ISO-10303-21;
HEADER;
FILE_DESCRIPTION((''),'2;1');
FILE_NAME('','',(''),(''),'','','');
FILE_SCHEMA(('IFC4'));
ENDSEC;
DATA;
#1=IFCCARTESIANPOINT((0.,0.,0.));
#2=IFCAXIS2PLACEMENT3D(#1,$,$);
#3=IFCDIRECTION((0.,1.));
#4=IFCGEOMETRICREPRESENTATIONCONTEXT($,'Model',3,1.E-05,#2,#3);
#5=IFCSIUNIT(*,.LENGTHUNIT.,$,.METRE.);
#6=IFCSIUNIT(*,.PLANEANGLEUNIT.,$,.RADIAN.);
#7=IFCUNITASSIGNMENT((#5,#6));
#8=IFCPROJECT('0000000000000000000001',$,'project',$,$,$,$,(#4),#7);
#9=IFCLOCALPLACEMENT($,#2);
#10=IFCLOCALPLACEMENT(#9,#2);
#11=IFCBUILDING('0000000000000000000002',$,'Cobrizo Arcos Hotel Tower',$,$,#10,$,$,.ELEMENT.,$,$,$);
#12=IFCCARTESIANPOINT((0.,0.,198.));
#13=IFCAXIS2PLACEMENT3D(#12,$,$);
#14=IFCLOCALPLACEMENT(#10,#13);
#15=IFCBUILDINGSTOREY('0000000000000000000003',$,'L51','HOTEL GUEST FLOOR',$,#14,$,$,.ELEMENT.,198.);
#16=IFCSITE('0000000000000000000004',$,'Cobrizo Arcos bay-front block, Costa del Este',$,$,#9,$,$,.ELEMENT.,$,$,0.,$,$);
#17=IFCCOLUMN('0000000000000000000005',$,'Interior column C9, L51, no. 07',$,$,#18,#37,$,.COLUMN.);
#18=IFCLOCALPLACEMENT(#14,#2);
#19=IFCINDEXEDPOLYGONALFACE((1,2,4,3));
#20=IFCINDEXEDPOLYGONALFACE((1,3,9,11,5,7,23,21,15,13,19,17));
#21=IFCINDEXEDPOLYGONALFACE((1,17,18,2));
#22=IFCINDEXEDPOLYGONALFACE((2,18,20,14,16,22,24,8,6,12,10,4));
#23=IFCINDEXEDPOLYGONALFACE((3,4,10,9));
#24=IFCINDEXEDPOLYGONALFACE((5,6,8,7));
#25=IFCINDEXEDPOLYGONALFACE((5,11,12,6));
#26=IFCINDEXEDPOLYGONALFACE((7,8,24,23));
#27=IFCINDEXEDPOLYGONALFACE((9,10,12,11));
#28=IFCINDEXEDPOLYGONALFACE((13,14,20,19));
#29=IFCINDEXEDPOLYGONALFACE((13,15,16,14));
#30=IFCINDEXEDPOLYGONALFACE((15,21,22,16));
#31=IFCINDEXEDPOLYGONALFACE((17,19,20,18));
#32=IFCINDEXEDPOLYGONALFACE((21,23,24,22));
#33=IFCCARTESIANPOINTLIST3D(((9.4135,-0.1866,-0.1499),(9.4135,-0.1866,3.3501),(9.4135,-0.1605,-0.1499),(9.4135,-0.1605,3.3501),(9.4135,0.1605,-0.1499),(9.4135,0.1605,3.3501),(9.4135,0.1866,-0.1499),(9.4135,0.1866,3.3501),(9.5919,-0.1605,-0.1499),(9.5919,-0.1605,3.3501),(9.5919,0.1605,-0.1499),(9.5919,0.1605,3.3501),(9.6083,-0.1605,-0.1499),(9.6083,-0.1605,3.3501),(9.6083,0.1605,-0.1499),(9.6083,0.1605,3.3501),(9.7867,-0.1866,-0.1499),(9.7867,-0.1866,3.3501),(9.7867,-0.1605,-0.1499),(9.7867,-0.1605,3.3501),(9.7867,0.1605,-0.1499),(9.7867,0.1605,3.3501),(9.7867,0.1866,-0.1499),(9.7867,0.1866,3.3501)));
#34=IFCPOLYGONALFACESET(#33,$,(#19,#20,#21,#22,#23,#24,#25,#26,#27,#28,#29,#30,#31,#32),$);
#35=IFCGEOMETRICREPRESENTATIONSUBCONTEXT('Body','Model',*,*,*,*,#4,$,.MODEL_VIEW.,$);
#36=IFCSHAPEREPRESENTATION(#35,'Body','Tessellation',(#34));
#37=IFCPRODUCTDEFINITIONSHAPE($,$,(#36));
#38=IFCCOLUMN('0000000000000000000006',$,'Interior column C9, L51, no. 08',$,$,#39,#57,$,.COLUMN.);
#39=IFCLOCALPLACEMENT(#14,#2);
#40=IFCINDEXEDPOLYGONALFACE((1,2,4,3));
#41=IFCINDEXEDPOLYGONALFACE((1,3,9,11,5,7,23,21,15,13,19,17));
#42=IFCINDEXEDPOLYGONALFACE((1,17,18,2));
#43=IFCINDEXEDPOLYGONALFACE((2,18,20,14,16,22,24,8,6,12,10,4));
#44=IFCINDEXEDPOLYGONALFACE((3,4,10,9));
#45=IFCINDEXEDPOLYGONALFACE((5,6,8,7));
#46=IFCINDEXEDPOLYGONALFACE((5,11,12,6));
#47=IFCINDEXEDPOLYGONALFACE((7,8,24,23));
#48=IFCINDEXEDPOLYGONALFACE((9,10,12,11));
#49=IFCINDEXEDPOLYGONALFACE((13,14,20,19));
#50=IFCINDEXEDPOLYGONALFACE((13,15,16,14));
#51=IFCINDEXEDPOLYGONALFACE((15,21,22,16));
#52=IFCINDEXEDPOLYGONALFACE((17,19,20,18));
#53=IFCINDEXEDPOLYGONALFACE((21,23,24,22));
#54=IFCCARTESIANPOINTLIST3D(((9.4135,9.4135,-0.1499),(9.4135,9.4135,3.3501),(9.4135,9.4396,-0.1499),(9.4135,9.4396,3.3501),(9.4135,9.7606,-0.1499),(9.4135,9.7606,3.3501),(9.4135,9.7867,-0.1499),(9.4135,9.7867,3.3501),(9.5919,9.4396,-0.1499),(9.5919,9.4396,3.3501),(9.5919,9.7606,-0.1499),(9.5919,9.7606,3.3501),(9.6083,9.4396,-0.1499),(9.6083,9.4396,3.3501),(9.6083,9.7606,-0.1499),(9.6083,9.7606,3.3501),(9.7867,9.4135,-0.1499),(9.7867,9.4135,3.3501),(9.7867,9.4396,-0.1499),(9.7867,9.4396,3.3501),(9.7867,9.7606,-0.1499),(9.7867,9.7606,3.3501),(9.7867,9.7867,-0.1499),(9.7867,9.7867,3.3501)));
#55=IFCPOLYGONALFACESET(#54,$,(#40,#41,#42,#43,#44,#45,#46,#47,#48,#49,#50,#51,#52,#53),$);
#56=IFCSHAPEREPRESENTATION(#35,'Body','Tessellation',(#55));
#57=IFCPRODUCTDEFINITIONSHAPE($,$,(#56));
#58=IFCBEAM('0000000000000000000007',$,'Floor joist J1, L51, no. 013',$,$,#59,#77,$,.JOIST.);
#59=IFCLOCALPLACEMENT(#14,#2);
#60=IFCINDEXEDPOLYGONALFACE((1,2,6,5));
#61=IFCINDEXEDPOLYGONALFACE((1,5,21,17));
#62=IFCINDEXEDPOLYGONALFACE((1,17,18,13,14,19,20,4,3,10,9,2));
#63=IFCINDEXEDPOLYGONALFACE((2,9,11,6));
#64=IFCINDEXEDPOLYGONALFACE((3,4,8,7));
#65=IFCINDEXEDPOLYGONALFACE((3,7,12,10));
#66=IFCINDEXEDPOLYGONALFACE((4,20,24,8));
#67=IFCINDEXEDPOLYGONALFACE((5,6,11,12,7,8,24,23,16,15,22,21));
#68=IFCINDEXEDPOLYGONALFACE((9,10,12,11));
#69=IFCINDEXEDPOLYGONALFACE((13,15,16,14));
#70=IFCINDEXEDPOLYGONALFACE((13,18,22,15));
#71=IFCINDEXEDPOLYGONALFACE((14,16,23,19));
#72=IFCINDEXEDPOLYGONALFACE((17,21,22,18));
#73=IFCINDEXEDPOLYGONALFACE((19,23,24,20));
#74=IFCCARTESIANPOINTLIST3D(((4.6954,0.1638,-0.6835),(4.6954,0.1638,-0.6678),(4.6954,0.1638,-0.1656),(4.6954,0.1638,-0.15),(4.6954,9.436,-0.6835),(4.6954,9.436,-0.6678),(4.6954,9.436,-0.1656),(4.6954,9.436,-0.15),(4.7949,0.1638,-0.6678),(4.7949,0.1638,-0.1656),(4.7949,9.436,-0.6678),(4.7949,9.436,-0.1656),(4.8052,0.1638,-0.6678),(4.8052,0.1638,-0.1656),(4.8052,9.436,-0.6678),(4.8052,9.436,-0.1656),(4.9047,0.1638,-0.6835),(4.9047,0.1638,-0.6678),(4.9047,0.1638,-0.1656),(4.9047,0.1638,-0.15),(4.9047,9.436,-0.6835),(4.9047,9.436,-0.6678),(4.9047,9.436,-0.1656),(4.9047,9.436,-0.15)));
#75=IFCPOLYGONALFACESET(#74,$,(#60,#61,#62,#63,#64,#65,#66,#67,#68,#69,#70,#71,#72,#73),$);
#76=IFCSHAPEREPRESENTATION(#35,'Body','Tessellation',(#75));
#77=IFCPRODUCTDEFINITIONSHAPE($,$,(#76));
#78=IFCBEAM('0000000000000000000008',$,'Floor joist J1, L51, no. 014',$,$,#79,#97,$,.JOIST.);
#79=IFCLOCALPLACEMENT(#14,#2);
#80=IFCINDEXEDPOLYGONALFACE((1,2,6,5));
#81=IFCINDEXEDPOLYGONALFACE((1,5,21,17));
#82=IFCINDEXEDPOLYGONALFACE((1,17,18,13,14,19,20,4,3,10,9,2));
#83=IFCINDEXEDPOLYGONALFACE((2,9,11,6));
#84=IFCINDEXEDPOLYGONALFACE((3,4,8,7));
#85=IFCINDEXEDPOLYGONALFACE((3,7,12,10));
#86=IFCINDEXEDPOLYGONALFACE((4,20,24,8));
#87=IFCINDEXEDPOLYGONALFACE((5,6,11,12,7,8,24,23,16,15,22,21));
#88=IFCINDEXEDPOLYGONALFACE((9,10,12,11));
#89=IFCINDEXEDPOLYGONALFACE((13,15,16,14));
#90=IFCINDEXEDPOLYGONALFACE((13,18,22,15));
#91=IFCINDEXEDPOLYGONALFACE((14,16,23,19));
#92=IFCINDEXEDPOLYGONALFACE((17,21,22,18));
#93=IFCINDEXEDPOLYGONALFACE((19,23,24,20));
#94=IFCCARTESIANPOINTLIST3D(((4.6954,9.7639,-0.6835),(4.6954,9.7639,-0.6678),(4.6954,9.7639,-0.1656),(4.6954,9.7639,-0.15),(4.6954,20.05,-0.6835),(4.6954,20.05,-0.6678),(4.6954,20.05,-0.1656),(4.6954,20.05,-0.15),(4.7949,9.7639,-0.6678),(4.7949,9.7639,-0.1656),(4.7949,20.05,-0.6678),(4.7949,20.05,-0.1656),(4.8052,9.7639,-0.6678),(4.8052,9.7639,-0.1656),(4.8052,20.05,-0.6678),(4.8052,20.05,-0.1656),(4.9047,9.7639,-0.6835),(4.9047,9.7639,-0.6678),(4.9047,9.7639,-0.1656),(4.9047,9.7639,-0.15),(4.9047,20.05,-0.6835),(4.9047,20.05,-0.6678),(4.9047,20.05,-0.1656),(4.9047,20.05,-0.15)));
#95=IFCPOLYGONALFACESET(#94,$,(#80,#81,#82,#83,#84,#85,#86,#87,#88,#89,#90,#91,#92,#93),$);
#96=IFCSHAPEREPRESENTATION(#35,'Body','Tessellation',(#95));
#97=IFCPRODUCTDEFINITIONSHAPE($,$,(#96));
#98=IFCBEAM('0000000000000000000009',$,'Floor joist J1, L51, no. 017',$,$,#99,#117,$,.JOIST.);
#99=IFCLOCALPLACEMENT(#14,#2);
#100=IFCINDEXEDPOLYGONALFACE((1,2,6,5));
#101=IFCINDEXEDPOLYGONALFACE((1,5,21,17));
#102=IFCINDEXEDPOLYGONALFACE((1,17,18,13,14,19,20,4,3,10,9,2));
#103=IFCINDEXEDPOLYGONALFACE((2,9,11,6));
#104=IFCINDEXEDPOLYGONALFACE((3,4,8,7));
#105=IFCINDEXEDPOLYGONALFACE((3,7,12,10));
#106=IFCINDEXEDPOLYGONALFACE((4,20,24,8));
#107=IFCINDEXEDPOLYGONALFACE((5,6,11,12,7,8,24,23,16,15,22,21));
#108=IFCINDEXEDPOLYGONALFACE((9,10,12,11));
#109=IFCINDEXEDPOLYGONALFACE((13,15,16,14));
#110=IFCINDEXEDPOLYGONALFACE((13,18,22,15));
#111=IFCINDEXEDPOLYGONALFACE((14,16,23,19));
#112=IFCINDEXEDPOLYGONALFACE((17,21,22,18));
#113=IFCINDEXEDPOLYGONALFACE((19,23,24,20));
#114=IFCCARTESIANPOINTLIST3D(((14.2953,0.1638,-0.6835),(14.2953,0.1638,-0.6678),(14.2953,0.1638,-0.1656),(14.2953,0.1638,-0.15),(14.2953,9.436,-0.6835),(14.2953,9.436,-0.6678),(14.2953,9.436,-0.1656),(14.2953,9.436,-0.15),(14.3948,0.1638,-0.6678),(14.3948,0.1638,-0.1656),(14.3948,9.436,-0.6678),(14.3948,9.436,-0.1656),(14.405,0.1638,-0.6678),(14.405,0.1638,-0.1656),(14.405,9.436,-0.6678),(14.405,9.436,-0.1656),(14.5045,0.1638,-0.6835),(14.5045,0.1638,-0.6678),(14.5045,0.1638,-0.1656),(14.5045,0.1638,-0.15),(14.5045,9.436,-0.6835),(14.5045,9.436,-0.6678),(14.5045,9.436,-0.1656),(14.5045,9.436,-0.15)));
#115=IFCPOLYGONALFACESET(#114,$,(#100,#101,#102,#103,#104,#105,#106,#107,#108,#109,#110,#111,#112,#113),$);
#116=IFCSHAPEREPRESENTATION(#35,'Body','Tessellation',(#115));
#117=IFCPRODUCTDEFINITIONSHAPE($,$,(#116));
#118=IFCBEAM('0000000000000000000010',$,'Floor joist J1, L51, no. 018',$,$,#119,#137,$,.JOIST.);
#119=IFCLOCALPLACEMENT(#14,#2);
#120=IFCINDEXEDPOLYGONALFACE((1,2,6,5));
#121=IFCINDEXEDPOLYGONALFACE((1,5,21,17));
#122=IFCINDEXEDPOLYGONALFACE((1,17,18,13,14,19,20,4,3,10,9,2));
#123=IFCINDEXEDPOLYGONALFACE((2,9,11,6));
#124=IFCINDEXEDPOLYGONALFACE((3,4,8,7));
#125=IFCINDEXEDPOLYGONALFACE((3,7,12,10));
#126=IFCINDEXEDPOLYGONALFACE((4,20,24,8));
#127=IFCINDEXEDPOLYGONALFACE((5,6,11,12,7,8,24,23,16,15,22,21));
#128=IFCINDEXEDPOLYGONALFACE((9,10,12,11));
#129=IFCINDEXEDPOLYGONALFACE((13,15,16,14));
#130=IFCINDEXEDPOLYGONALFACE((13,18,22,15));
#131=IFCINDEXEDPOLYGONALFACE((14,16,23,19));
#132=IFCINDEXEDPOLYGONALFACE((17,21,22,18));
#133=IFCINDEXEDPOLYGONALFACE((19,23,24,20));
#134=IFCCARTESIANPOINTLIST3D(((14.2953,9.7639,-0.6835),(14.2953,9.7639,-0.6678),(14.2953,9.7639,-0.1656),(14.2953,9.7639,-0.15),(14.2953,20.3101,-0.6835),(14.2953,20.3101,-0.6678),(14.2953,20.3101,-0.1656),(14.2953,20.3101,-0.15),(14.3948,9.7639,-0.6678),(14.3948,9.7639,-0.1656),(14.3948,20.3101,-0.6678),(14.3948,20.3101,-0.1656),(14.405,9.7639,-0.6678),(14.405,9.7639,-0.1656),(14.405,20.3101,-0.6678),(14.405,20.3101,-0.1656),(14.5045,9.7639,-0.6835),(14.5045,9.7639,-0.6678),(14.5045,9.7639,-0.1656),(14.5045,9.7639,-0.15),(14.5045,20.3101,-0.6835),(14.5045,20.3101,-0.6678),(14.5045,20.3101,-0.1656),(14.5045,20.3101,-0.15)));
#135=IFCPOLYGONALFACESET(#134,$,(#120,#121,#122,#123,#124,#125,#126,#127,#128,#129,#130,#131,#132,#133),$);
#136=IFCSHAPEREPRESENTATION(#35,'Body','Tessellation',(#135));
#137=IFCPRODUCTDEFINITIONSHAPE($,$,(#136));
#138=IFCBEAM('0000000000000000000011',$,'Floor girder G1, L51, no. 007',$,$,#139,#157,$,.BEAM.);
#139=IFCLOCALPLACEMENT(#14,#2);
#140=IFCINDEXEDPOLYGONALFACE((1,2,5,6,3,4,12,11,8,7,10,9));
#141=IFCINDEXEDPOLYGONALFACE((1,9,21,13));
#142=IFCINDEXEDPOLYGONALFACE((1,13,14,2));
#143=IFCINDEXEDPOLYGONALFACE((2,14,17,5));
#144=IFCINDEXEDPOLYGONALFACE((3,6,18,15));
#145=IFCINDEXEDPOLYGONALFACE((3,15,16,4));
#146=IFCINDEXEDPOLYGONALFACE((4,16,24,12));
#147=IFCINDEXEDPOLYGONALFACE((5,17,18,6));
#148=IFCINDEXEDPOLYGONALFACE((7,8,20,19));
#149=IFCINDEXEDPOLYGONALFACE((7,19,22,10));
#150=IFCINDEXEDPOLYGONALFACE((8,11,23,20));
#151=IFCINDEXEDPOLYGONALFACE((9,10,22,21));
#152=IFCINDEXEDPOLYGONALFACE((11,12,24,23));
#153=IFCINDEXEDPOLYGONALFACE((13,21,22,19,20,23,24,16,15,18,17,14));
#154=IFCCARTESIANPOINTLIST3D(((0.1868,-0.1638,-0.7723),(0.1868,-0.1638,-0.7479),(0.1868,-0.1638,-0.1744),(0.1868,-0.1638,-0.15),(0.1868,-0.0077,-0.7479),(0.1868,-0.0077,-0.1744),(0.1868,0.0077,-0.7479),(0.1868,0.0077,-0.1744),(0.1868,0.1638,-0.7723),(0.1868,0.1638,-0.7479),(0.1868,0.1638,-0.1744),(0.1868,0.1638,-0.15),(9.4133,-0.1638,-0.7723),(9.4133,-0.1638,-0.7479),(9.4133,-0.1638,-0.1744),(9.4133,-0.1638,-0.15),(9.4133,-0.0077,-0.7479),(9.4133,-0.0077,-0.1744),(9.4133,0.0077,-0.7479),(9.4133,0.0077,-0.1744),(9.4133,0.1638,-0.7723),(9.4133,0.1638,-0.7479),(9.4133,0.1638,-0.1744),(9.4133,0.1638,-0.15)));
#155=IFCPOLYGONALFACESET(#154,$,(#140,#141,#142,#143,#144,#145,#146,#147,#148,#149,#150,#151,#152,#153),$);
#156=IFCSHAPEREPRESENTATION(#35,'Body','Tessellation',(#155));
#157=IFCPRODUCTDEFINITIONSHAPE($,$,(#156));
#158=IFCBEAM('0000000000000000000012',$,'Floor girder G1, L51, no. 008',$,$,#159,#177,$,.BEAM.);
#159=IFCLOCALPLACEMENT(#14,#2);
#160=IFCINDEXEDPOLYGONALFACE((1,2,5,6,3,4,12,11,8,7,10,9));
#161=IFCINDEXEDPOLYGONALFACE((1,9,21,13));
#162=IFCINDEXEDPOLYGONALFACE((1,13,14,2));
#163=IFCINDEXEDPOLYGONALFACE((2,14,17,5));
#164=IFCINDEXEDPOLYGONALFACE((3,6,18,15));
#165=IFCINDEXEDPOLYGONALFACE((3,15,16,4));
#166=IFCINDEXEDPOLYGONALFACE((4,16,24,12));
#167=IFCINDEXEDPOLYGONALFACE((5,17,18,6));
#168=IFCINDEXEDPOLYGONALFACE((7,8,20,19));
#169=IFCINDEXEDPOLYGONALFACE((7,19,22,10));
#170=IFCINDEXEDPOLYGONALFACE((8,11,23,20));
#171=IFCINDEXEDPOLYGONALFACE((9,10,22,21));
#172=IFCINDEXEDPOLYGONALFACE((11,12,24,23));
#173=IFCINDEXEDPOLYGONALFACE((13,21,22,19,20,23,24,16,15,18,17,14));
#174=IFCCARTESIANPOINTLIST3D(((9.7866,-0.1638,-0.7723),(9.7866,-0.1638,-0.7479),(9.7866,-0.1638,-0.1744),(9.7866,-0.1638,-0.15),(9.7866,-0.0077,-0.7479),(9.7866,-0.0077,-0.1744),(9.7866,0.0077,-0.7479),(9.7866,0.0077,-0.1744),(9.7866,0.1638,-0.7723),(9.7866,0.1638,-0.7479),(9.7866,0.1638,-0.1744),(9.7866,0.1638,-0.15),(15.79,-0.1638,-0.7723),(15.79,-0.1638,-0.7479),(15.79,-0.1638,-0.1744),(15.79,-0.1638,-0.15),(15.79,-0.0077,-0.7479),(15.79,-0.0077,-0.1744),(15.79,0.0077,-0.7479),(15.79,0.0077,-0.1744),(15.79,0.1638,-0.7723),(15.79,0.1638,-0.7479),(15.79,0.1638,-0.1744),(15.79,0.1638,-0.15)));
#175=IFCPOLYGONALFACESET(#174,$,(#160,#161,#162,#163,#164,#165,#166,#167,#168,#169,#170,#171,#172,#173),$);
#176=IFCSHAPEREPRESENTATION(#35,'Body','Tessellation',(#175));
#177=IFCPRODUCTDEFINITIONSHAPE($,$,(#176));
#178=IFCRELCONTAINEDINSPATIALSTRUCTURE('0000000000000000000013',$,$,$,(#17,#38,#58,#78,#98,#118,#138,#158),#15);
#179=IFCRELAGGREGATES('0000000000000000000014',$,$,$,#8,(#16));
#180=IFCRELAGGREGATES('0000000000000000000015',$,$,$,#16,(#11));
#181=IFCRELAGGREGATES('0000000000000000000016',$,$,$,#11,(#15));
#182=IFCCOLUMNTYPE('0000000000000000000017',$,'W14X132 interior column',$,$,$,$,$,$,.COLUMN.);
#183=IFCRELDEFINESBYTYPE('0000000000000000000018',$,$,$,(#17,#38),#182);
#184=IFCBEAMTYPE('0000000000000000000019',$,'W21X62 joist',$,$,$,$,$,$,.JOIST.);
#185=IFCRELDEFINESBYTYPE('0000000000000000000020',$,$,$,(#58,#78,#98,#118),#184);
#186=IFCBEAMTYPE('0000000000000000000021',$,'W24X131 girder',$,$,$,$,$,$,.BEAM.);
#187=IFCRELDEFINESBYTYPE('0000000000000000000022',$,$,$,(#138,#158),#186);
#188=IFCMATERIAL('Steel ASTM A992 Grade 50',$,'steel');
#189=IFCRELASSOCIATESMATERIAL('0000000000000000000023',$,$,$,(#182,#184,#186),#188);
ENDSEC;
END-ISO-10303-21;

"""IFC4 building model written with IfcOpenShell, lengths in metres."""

from ifc_helpers import new_model, si_unit, direction, frame, origin, origin_2d, place, context, subcontext, project, spatial, i_section, extrude, material, material_profile, profile_set, type_object, element, save


model = new_model("IFC4")

# Units and contexts
model_context = context("Model", 3, precision=1e-05, world=origin(), true_north=direction((0.0, 1.0)))
body_context = subcontext(model_context, "Body", "Model", "MODEL_VIEW")
ifc_project = project(units=[si_unit("LENGTHUNIT", "METRE"), si_unit("PLANEANGLEUNIT", "RADIAN")], contexts=[model_context])

# Site, building, storey
site_placement = place(None, origin())
site = spatial("IfcSite", under=ifc_project, at=site_placement, Name="Cobrizo Arcos bay-front block, Costa del Este", CompositionType="ELEMENT", RefElevation=0.0)
building_placement = place(site_placement, origin())
building = spatial("IfcBuilding", under=site, at=building_placement, Name="Cobrizo Arcos Hotel Tower", CompositionType="ELEMENT")
storey_placement = place(building_placement, frame((0.0, 0.0, 198.0)))
storey = spatial("IfcBuildingStorey", under=building, at=storey_placement, Name="L51", Description="HOTEL GUEST FLOOR", CompositionType="ELEMENT", Elevation=198.0)

# Columns
ifc_material_1 = material(Name="Steel ASTM A992 Grade 50", Category="steel")
ifc_material_profile_1 = material_profile(ifc_material_1, i_section(OverallWidth=0.3733, OverallDepth=0.3733, WebThickness=0.0164, FlangeThickness=0.0261, at=origin_2d()), Name="W14X132")
ifc_profile_set_1 = profile_set([ifc_material_profile_1], Name="Steel ASTM A992 Grade 50")
column_type = type_object("IfcColumnType", Name="W14X132 interior column", PredefinedType="COLUMN", material=ifc_profile_set_1)
for number, where, z_axis, x_axis, name in (
    (1, (9.6001, 0.0, -0.1499), (0.0, 0.0, 1.0), (1.0, 0.0, 0.0), "Interior column C9, L51, no. 07"),
    (2, (9.6001, 9.6001, -0.1499), (0.0, 0.0, 1.0), (1.0, 0.0, 0.0), "Interior column C9, L51, no. 08"),
):
    element("IfcColumn", number, at=place(storey_placement, frame(where, z_axis=z_axis, x_axis=x_axis)), inside=storey, type_object=column_type, Name=name, PredefinedType="COLUMN", context=body_context, shape_type="SweptSolid", body=[
        extrude(i_section(OverallWidth=0.3733, OverallDepth=0.3733, WebThickness=0.0164, FlangeThickness=0.0261, at=origin_2d()), origin(), (0.0, 0.0, 1.0), 3.5),
    ])

# Beams
ifc_material_profile_2 = material_profile(ifc_material_1, i_section(OverallWidth=0.2092, OverallDepth=0.5334, WebThickness=0.0103, FlangeThickness=0.0156, at=origin_2d()), Name="W21X62")
ifc_profile_set_2 = profile_set([ifc_material_profile_2], Name="Steel ASTM A992 Grade 50")
beam_type_1 = type_object("IfcBeamType", Name="W21X62 joist", PredefinedType="JOIST", material=ifc_profile_set_2)
beam_1_placement = place(storey_placement, frame((4.8, 0.1638, -0.4167), z_axis=(0.0, 1.0, 0.0), x_axis=(-1.0, 0.0, 0.0)))
element("IfcBeam", 3, at=beam_1_placement, inside=storey, type_object=beam_type_1, Name="Floor joist J1, L51, no. 013", PredefinedType="JOIST", context=body_context, shape_type="SweptSolid", body=[
    extrude(i_section(OverallWidth=0.2092, OverallDepth=0.5334, WebThickness=0.0103, FlangeThickness=0.0156, at=origin_2d()), origin(), (0.0, 0.0, 1.0), 9.2722),
])
beam_2_placement = place(storey_placement, frame((4.8, 9.7639, -0.4167), z_axis=(0.0, 1.0, 0.0), x_axis=(-1.0, 0.0, 0.0)))
element("IfcBeam", 4, at=beam_2_placement, inside=storey, type_object=beam_type_1, Name="Floor joist J1, L51, no. 014", PredefinedType="JOIST", context=body_context, shape_type="SweptSolid", body=[
    extrude(i_section(OverallWidth=0.2092, OverallDepth=0.5334, WebThickness=0.0103, FlangeThickness=0.0156, at=origin_2d()), origin(), (0.0, 0.0, 1.0), 10.2861),
])
beam_3_placement = place(storey_placement, frame((14.3999, 0.1638, -0.4167), z_axis=(0.0, 1.0, 0.0), x_axis=(-1.0, 0.0, 0.0)))
element("IfcBeam", 5, at=beam_3_placement, inside=storey, type_object=beam_type_1, Name="Floor joist J1, L51, no. 017", PredefinedType="JOIST", context=body_context, shape_type="SweptSolid", body=[
    extrude(i_section(OverallWidth=0.2092, OverallDepth=0.5334, WebThickness=0.0103, FlangeThickness=0.0156, at=origin_2d()), origin(), (0.0, 0.0, 1.0), 9.2722),
])
beam_4_placement = place(storey_placement, frame((14.3999, 9.7639, -0.4167), z_axis=(0.0, 1.0, 0.0), x_axis=(-1.0, 0.0, 0.0)))
element("IfcBeam", 6, at=beam_4_placement, inside=storey, type_object=beam_type_1, Name="Floor joist J1, L51, no. 018", PredefinedType="JOIST", context=body_context, shape_type="SweptSolid", body=[
    extrude(i_section(OverallWidth=0.2092, OverallDepth=0.5334, WebThickness=0.0103, FlangeThickness=0.0156, at=origin_2d()), origin(), (0.0, 0.0, 1.0), 10.5461),
])
ifc_material_profile_3 = material_profile(ifc_material_1, i_section(OverallWidth=0.3276, OverallDepth=0.6223, WebThickness=0.0154, FlangeThickness=0.0244, at=origin_2d()), Name="W24X131")
ifc_profile_set_3 = profile_set([ifc_material_profile_3], Name="Steel ASTM A992 Grade 50")
beam_type_2 = type_object("IfcBeamType", Name="W24X131 girder", PredefinedType="BEAM", material=ifc_profile_set_3)
beam_5_placement = place(storey_placement, frame((0.1868, 0.0, -0.4612), z_axis=(1.0, 0.0, 0.0), x_axis=(0.0, 1.0, 0.0)))
element("IfcBeam", 7, at=beam_5_placement, inside=storey, type_object=beam_type_2, Name="Floor girder G1, L51, no. 007", PredefinedType="BEAM", context=body_context, shape_type="SweptSolid", body=[
    extrude(i_section(OverallWidth=0.3276, OverallDepth=0.6223, WebThickness=0.0154, FlangeThickness=0.0244, at=origin_2d()), origin(), (0.0, 0.0, 1.0), 9.2266),
])
beam_6_placement = place(storey_placement, frame((9.7866, 0.0, -0.4612), z_axis=(1.0, 0.0, 0.0), x_axis=(0.0, 1.0, 0.0)))
element("IfcBeam", 8, at=beam_6_placement, inside=storey, type_object=beam_type_2, Name="Floor girder G1, L51, no. 008", PredefinedType="BEAM", context=body_context, shape_type="SweptSolid", body=[
    extrude(i_section(OverallWidth=0.3276, OverallDepth=0.6223, WebThickness=0.0154, FlangeThickness=0.0244, at=origin_2d()), origin(), (0.0, 0.0, 1.0), 6.0034),
])

save(model, "model.ifc")
